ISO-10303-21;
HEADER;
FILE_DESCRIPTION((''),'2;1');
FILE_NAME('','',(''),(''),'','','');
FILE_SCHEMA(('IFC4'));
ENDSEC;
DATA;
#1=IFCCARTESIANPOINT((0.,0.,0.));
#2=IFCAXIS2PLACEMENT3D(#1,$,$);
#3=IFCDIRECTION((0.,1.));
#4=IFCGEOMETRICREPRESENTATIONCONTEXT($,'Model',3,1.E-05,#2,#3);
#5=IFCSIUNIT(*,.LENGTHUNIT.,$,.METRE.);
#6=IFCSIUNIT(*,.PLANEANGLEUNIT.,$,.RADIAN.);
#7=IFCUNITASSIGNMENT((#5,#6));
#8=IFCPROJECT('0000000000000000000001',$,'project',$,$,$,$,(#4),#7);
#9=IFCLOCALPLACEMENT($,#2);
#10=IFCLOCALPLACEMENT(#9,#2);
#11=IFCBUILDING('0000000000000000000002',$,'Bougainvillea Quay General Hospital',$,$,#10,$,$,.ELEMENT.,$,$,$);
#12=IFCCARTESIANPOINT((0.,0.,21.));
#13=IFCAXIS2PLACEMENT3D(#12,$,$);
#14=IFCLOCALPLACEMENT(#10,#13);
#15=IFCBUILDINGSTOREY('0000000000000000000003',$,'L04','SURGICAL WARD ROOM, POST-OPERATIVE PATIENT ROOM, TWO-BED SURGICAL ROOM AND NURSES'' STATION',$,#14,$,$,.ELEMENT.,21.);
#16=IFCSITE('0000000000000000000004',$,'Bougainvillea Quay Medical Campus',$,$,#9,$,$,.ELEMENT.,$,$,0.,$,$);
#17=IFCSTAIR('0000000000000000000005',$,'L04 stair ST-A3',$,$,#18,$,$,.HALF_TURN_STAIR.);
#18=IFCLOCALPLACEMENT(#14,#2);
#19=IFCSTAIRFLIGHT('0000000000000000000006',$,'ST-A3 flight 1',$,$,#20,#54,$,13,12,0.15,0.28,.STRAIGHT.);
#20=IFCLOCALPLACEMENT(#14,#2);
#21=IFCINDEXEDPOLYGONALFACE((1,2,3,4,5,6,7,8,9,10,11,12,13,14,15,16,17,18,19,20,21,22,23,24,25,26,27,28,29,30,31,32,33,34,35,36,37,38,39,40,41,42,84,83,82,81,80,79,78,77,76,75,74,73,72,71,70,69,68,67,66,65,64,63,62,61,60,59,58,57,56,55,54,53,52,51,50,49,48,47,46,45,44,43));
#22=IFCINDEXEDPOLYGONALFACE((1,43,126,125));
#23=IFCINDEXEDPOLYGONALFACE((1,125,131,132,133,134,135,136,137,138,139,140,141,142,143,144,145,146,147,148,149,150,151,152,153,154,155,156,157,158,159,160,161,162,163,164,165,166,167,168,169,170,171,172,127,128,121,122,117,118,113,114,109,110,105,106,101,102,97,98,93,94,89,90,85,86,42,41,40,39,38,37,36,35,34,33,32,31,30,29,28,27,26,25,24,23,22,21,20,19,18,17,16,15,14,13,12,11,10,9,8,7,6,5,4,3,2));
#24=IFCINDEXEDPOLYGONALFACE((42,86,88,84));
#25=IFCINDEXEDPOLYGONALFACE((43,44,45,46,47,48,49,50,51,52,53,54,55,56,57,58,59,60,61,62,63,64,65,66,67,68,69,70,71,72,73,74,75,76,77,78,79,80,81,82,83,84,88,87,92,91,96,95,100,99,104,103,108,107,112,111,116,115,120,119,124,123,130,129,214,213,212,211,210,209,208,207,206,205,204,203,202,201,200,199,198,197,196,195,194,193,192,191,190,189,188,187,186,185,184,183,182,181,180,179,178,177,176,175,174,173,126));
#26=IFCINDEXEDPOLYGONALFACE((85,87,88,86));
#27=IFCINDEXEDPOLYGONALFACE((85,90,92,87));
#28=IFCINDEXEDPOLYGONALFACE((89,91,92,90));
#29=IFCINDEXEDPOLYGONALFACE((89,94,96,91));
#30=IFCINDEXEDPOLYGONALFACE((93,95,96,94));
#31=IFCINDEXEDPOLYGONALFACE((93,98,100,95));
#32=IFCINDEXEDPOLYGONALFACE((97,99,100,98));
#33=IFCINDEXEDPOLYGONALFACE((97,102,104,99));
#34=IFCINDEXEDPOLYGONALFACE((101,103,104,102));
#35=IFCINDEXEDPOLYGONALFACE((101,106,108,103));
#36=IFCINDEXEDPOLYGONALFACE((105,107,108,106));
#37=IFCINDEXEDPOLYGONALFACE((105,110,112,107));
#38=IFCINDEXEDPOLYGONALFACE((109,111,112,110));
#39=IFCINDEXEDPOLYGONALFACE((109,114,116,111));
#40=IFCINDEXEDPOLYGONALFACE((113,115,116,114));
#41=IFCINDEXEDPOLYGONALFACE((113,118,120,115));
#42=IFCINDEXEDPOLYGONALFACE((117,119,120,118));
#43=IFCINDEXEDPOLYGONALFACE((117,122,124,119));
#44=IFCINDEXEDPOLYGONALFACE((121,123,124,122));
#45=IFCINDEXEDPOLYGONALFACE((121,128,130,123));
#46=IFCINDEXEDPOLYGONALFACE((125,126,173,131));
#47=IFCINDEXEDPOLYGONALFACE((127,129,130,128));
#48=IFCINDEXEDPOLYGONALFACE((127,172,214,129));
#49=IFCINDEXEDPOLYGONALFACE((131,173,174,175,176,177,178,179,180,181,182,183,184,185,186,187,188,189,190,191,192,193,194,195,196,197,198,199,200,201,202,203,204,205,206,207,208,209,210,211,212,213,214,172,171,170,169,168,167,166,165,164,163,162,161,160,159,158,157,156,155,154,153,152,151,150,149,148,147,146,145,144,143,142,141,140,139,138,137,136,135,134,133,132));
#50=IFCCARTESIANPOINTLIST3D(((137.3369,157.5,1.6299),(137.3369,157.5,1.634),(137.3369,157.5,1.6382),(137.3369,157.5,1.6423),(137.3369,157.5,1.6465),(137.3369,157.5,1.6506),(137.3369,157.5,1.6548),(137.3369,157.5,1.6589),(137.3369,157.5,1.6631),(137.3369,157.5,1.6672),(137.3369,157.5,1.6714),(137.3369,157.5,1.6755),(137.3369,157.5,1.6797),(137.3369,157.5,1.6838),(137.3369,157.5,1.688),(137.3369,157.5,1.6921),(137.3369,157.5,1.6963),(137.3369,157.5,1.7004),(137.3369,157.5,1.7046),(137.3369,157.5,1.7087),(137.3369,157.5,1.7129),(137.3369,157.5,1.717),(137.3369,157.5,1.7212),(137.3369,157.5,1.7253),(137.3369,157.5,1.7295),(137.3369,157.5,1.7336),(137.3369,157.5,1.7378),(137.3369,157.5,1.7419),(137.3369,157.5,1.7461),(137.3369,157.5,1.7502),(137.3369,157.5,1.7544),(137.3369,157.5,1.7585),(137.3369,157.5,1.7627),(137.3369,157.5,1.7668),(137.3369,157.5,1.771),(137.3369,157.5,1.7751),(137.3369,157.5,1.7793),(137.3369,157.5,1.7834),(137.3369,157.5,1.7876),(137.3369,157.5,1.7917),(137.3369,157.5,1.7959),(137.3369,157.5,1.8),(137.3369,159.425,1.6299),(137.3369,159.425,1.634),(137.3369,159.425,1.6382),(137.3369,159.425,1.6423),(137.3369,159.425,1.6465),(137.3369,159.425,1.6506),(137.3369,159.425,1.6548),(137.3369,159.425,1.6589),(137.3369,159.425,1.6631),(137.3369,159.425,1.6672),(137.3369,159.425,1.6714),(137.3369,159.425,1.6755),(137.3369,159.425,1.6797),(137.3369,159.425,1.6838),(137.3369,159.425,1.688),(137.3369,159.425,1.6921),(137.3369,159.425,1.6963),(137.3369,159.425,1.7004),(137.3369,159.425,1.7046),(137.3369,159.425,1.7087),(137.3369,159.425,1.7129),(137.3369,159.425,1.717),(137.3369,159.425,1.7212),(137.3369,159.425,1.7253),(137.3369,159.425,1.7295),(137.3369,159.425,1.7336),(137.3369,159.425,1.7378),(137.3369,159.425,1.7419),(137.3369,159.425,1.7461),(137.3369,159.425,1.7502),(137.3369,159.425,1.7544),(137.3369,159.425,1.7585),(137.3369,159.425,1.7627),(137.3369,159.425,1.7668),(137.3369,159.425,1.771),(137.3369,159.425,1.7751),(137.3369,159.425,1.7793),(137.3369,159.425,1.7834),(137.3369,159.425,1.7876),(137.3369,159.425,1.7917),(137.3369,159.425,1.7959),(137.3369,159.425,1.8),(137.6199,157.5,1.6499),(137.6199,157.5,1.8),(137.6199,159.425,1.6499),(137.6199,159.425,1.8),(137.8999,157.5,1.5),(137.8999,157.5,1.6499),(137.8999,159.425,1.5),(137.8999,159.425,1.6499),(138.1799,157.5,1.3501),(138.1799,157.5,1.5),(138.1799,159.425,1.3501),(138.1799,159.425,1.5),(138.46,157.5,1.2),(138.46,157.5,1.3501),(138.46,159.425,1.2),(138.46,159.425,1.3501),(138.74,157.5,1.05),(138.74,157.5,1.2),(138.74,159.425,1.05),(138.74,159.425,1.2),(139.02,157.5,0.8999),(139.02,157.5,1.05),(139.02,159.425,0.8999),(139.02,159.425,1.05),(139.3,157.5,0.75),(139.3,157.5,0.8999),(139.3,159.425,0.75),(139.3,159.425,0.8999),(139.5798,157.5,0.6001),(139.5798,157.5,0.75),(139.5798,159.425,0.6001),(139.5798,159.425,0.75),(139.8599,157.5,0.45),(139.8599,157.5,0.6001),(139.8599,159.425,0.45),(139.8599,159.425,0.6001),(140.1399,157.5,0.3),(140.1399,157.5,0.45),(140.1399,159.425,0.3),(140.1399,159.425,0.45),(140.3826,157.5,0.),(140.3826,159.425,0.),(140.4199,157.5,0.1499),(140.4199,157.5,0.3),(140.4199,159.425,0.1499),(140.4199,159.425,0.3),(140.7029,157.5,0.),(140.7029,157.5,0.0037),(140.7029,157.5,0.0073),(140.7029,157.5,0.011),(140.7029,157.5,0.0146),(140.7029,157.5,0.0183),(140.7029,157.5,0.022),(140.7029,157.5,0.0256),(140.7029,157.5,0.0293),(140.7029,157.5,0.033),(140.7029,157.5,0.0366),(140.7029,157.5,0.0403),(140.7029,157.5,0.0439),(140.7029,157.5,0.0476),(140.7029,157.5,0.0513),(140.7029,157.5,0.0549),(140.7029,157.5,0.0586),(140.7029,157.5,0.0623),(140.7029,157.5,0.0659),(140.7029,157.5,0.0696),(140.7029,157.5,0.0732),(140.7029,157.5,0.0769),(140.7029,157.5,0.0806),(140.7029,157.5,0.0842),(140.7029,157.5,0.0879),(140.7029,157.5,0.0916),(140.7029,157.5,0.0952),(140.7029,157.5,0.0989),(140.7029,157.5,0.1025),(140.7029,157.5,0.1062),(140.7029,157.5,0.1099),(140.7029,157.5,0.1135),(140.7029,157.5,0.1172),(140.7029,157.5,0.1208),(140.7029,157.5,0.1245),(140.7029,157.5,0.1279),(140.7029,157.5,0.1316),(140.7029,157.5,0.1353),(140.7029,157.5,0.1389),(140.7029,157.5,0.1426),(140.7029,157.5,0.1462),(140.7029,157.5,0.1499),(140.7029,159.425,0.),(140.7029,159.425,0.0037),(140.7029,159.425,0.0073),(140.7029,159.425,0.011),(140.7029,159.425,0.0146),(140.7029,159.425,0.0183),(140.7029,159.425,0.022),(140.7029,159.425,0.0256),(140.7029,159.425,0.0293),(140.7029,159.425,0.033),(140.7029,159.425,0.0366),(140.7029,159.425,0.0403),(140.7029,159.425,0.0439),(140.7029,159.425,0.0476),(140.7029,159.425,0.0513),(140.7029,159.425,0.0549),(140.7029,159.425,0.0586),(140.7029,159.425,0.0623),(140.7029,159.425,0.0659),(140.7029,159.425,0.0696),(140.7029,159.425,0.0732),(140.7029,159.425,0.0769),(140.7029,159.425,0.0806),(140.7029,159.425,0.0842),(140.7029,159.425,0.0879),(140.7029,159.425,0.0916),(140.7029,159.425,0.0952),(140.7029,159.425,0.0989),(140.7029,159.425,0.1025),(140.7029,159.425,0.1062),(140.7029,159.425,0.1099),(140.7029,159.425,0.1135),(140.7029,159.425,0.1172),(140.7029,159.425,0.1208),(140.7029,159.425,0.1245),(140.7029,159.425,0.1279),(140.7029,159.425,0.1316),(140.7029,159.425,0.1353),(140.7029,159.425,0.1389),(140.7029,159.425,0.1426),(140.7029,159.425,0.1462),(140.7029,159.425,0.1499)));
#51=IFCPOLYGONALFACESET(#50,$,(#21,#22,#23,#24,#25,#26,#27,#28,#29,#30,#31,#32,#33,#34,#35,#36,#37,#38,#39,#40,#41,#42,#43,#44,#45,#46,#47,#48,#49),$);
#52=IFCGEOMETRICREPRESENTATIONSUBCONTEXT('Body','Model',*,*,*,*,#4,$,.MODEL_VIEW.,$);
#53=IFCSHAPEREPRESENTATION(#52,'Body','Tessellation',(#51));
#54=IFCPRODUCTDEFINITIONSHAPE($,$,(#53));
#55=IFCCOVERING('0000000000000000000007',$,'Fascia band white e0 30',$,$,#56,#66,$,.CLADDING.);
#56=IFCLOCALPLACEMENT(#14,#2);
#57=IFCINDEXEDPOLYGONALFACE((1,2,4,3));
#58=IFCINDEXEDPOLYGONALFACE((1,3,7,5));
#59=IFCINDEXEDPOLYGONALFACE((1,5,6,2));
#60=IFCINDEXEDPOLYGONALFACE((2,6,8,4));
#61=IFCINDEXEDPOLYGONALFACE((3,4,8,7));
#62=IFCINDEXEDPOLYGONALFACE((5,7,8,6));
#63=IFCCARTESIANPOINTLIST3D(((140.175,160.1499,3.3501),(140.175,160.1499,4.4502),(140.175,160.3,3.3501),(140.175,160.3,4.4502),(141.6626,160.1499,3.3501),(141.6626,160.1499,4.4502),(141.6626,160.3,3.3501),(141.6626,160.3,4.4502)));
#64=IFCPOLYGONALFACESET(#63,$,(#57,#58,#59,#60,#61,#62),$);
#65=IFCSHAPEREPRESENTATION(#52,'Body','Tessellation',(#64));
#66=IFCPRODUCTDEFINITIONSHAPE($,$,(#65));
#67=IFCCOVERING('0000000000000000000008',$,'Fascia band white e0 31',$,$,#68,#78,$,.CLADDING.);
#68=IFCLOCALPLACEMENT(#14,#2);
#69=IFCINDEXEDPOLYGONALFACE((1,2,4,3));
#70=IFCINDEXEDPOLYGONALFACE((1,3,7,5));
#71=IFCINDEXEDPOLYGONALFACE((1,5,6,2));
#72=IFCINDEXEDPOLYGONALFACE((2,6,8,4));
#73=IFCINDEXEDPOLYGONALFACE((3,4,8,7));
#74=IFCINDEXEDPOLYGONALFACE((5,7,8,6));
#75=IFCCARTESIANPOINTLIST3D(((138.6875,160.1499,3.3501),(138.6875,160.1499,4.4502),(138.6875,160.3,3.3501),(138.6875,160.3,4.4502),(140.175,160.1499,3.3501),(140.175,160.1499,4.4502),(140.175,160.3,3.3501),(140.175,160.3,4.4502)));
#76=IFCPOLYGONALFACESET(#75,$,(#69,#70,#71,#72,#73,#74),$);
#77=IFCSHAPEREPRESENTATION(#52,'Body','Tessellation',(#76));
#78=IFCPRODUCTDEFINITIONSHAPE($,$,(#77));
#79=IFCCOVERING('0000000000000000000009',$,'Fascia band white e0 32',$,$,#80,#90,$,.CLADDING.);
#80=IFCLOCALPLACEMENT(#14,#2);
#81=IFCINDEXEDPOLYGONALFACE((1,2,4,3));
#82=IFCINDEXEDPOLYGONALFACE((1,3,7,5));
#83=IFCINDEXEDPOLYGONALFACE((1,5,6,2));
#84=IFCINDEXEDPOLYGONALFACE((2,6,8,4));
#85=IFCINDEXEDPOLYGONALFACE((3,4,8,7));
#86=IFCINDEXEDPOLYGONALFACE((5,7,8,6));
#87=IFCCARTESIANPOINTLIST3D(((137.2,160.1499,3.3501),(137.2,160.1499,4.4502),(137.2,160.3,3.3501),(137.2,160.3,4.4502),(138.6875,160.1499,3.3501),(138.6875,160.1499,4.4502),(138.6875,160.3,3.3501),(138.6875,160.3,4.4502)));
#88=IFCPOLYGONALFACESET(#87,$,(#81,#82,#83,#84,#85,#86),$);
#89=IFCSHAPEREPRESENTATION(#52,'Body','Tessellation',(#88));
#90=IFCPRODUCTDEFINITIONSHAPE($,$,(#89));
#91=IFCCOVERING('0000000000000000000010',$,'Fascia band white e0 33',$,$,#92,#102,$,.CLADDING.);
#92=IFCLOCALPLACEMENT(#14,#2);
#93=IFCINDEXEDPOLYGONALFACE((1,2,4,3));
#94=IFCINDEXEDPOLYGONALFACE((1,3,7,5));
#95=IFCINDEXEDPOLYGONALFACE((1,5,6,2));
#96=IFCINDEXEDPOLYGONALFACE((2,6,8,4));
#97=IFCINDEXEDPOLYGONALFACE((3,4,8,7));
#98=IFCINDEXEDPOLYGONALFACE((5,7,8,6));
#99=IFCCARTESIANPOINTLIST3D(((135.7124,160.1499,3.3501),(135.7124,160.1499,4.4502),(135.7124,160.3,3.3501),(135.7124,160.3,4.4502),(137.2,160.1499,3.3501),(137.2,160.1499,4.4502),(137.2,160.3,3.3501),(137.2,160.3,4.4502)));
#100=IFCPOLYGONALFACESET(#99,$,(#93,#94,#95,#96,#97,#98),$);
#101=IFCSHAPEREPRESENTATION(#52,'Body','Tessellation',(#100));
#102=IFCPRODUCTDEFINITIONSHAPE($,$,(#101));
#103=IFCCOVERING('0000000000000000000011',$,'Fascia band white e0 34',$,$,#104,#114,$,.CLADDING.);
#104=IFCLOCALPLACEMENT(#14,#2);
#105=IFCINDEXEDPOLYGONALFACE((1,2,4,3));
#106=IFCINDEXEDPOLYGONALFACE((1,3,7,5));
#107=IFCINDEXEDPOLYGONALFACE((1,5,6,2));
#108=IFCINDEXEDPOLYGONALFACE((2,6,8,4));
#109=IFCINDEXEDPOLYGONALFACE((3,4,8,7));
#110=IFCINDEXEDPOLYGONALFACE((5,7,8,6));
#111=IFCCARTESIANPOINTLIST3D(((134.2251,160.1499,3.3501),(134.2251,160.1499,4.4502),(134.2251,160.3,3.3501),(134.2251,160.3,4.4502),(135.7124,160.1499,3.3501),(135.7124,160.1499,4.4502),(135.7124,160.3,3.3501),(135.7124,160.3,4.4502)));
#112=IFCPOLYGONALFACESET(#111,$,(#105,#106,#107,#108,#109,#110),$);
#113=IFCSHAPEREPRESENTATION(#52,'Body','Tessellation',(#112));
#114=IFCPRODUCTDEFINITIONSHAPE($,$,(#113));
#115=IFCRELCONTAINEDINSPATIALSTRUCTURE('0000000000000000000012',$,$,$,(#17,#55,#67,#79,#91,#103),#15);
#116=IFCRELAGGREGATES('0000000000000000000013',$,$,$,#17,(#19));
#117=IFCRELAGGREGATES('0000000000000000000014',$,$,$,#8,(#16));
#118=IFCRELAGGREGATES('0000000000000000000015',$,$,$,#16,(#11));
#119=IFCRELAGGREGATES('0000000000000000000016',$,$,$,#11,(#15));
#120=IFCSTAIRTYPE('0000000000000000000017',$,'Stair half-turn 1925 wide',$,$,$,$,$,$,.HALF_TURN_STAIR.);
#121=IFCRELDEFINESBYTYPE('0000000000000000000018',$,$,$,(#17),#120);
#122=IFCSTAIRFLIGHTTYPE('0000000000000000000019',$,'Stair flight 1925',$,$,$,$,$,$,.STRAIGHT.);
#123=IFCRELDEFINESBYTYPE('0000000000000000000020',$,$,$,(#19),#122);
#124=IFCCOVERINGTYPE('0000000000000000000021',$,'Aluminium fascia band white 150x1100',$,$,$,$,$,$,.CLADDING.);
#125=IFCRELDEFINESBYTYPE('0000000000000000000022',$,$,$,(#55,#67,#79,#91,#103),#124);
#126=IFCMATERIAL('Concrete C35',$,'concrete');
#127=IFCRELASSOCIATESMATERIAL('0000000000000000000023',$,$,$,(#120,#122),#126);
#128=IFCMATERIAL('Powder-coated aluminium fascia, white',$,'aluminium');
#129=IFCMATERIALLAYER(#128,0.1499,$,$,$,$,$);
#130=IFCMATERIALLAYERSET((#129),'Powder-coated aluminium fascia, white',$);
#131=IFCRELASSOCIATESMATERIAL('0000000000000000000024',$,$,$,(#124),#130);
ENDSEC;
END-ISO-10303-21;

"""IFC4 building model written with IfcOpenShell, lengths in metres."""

from ifc_helpers import new_model, si_unit, direction, frame, origin, place, context, subcontext, project, spatial, polyline, outline, extrude, material, layer, layer_set, type_object, element, aggregate, save


model = new_model("IFC4")

# Units and contexts
model_context = context("Model", 3, precision=1e-05, world=origin(), true_north=direction((0.0, 1.0)))
body_context = subcontext(model_context, "Body", "Model", "MODEL_VIEW")
ifc_project = project(units=[si_unit("LENGTHUNIT", "METRE"), si_unit("PLANEANGLEUNIT", "RADIAN")], contexts=[model_context])

# Site, building, storey
site_placement = place(None, origin())
site = spatial("IfcSite", under=ifc_project, at=site_placement, Name="Bougainvillea Quay Medical Campus", CompositionType="ELEMENT", RefElevation=0.0)
building_placement = place(site_placement, origin())
building = spatial("IfcBuilding", under=site, at=building_placement, Name="Bougainvillea Quay General Hospital", CompositionType="ELEMENT")
storey_placement = place(building_placement, frame((0.0, 0.0, 21.0)))
storey = spatial("IfcBuildingStorey", under=building, at=storey_placement, Name="L04", Description="SURGICAL WARD ROOM, POST-OPERATIVE PATIENT ROOM, TWO-BED SURGICAL ROOM AND NURSES' STATION", CompositionType="ELEMENT", Elevation=21.0)

# Stair, stair flight
ifc_material_1 = material(Name="Concrete C35", Category="concrete")
stair_type = type_object("IfcStairType", Name="Stair half-turn 1925 wide", PredefinedType="HALF_TURN_STAIR", material=ifc_material_1)
stair_placement = place(storey_placement, origin())
stair = element("IfcStair", 1, at=stair_placement, inside=storey, type_object=stair_type, Name="L04 stair ST-A3", PredefinedType="HALF_TURN_STAIR")
stair_flight_type = type_object("IfcStairFlightType", Name="Stair flight 1925", PredefinedType="STRAIGHT", material=ifc_material_1)
stair_flight_1_placement = place(storey_placement, frame((140.7, 158.4624, 0.0), z_axis=(0.0, 0.0, 1.0), x_axis=(-1.0, 0.0, 0.0)))
stair_flight_1 = element("IfcStairFlight", 2, at=stair_flight_1_placement, type_object=stair_flight_type, Name="ST-A3 flight 1", NumberOfRisers=13, NumberOfTreads=12, PredefinedType="STRAIGHT", RiserHeight=0.15, TreadLength=0.28, context=body_context, shape_type="SweptSolid", body=[
    extrude(outline(polyline([(-0.0029, 0.0), (-0.0029, 0.0037), (-0.0029, 0.0073), (-0.0029, 0.011), (-0.0029, 0.0146), (-0.0029, 0.0183), (-0.0029, 0.022), (-0.0029, 0.0256), (-0.0029, 0.0293), (-0.0029, 0.033), (-0.0029, 0.0366), (-0.0029, 0.0403), (-0.0029, 0.0439), (-0.0029, 0.0476), (-0.0029, 0.0513), (-0.0029, 0.0549), (-0.0029, 0.0586), (-0.0029, 0.0623), (-0.0029, 0.0659), (-0.0029, 0.0696), (-0.0029, 0.0732), (-0.0029, 0.0769), (-0.0029, 0.0806), (-0.0029, 0.0842), (-0.0029, 0.0879), (-0.0029, 0.0916), (-0.0029, 0.0952), (-0.0029, 0.0989), (-0.0029, 0.1025), (-0.0029, 0.1062), (-0.0029, 0.1099), (-0.0029, 0.1135), (-0.0029, 0.1172), (-0.0029, 0.1208), (-0.0029, 0.1245), (-0.0029, 0.1279), (-0.0029, 0.1316), (-0.0029, 0.1353), (-0.0029, 0.1389), (-0.0029, 0.1426), (-0.0029, 0.1462), (-0.0029, 0.1499), (0.28, 0.1499), (0.28, 0.3), (0.5601, 0.3), (0.5601, 0.45), (0.8401, 0.45), (0.8401, 0.6001), (1.1201, 0.6001), (1.1201, 0.75), (1.3999, 0.75), (1.3999, 0.8999), (1.6799, 0.8999), (1.6799, 1.05), (1.96, 1.05), (1.96, 1.2), (2.24, 1.2), (2.24, 1.3501), (2.52, 1.3501), (2.52, 1.5), (2.8, 1.5), (2.8, 1.6499), (3.0801, 1.6499), (3.0801, 1.8), (3.363, 1.8), (3.363, 1.7959), (3.363, 1.7917), (3.363, 1.7876), (3.363, 1.7834), (3.363, 1.7793), (3.363, 1.7751), (3.363, 1.771), (3.363, 1.7668), (3.363, 1.7627), (3.363, 1.7585), (3.363, 1.7544), (3.363, 1.7502), (3.363, 1.7461), (3.363, 1.7419), (3.363, 1.7378), (3.363, 1.7336), (3.363, 1.7295), (3.363, 1.7253), (3.363, 1.7212), (3.363, 1.717), (3.363, 1.7129), (3.363, 1.7087), (3.363, 1.7046), (3.363, 1.7004), (3.363, 1.6963), (3.363, 1.6921), (3.363, 1.688), (3.363, 1.6838), (3.363, 1.6797), (3.363, 1.6755), (3.363, 1.6714), (3.363, 1.6672), (3.363, 1.6631), (3.363, 1.6589), (3.363, 1.6548), (3.363, 1.6506), (3.363, 1.6465), (3.363, 1.6423), (3.363, 1.6382), (3.363, 1.634), (3.363, 1.6299), (0.3174, 0.0), (-0.0029, 0.0)])), frame((0.0, 0.9624, 0.0), z_axis=(0.0, -1.0, 0.0), x_axis=(1.0, 0.0, 0.0)), (0.0, 0.0, 1.0), 1.925),
])
aggregate(stair, [stair_flight_1])

# Coverings
ifc_material_2 = material(Name="Powder-coated aluminium fascia, white", Category="aluminium")
ifc_layer_1 = layer(ifc_material_2, 0.1499)
ifc_layer_set_1 = layer_set([ifc_layer_1], Name="Powder-coated aluminium fascia, white")
covering_type = type_object("IfcCoveringType", Name="Aluminium fascia band white 150x1100", PredefinedType="CLADDING", material=ifc_layer_set_1)
for number, where, z_axis, x_axis, name in (
    (3, (141.6626, 160.1499, 3.3501), (0.0, 0.0, 1.0), (-1.0, 0.0, 0.0), "Fascia band white e0 30"),
    (4, (140.175, 160.1499, 3.3501), (0.0, 0.0, 1.0), (-1.0, 0.0, 0.0), "Fascia band white e0 31"),
    (5, (138.6875, 160.1499, 3.3501), (0.0, 0.0, 1.0), (-1.0, 0.0, 0.0), "Fascia band white e0 32"),
    (6, (137.2, 160.1499, 3.3501), (0.0, 0.0, 1.0), (-1.0, 0.0, 0.0), "Fascia band white e0 33"),
):
    element("IfcCovering", number, at=place(storey_placement, frame(where, z_axis=z_axis, x_axis=x_axis)), inside=storey, type_object=covering_type, Name=name, PredefinedType="CLADDING", context=body_context, shape_type="SweptSolid", body=[
        extrude(outline(polyline([(0.0, 0.0), (1.4875, 0.0), (1.4875, -0.1501), (0.0, -0.1501), (0.0, 0.0)])), origin(), (0.0, 0.0, 1.0), 1.1001),
    ])
covering_placement = place(storey_placement, frame((135.7124, 160.1499, 3.3501), z_axis=(0.0, 0.0, 1.0), x_axis=(-1.0, 0.0, 0.0)))
element("IfcCovering", 7, at=covering_placement, inside=storey, type_object=covering_type, Name="Fascia band white e0 34", PredefinedType="CLADDING", context=body_context, shape_type="SweptSolid", body=[
    extrude(outline(polyline([(0.0, 0.0), (1.4873, 0.0), (1.4873, -0.1501), (0.0, -0.1501), (0.0, 0.0)])), origin(), (0.0, 0.0, 1.0), 1.1001),
])

save(model, "model.ifc")
